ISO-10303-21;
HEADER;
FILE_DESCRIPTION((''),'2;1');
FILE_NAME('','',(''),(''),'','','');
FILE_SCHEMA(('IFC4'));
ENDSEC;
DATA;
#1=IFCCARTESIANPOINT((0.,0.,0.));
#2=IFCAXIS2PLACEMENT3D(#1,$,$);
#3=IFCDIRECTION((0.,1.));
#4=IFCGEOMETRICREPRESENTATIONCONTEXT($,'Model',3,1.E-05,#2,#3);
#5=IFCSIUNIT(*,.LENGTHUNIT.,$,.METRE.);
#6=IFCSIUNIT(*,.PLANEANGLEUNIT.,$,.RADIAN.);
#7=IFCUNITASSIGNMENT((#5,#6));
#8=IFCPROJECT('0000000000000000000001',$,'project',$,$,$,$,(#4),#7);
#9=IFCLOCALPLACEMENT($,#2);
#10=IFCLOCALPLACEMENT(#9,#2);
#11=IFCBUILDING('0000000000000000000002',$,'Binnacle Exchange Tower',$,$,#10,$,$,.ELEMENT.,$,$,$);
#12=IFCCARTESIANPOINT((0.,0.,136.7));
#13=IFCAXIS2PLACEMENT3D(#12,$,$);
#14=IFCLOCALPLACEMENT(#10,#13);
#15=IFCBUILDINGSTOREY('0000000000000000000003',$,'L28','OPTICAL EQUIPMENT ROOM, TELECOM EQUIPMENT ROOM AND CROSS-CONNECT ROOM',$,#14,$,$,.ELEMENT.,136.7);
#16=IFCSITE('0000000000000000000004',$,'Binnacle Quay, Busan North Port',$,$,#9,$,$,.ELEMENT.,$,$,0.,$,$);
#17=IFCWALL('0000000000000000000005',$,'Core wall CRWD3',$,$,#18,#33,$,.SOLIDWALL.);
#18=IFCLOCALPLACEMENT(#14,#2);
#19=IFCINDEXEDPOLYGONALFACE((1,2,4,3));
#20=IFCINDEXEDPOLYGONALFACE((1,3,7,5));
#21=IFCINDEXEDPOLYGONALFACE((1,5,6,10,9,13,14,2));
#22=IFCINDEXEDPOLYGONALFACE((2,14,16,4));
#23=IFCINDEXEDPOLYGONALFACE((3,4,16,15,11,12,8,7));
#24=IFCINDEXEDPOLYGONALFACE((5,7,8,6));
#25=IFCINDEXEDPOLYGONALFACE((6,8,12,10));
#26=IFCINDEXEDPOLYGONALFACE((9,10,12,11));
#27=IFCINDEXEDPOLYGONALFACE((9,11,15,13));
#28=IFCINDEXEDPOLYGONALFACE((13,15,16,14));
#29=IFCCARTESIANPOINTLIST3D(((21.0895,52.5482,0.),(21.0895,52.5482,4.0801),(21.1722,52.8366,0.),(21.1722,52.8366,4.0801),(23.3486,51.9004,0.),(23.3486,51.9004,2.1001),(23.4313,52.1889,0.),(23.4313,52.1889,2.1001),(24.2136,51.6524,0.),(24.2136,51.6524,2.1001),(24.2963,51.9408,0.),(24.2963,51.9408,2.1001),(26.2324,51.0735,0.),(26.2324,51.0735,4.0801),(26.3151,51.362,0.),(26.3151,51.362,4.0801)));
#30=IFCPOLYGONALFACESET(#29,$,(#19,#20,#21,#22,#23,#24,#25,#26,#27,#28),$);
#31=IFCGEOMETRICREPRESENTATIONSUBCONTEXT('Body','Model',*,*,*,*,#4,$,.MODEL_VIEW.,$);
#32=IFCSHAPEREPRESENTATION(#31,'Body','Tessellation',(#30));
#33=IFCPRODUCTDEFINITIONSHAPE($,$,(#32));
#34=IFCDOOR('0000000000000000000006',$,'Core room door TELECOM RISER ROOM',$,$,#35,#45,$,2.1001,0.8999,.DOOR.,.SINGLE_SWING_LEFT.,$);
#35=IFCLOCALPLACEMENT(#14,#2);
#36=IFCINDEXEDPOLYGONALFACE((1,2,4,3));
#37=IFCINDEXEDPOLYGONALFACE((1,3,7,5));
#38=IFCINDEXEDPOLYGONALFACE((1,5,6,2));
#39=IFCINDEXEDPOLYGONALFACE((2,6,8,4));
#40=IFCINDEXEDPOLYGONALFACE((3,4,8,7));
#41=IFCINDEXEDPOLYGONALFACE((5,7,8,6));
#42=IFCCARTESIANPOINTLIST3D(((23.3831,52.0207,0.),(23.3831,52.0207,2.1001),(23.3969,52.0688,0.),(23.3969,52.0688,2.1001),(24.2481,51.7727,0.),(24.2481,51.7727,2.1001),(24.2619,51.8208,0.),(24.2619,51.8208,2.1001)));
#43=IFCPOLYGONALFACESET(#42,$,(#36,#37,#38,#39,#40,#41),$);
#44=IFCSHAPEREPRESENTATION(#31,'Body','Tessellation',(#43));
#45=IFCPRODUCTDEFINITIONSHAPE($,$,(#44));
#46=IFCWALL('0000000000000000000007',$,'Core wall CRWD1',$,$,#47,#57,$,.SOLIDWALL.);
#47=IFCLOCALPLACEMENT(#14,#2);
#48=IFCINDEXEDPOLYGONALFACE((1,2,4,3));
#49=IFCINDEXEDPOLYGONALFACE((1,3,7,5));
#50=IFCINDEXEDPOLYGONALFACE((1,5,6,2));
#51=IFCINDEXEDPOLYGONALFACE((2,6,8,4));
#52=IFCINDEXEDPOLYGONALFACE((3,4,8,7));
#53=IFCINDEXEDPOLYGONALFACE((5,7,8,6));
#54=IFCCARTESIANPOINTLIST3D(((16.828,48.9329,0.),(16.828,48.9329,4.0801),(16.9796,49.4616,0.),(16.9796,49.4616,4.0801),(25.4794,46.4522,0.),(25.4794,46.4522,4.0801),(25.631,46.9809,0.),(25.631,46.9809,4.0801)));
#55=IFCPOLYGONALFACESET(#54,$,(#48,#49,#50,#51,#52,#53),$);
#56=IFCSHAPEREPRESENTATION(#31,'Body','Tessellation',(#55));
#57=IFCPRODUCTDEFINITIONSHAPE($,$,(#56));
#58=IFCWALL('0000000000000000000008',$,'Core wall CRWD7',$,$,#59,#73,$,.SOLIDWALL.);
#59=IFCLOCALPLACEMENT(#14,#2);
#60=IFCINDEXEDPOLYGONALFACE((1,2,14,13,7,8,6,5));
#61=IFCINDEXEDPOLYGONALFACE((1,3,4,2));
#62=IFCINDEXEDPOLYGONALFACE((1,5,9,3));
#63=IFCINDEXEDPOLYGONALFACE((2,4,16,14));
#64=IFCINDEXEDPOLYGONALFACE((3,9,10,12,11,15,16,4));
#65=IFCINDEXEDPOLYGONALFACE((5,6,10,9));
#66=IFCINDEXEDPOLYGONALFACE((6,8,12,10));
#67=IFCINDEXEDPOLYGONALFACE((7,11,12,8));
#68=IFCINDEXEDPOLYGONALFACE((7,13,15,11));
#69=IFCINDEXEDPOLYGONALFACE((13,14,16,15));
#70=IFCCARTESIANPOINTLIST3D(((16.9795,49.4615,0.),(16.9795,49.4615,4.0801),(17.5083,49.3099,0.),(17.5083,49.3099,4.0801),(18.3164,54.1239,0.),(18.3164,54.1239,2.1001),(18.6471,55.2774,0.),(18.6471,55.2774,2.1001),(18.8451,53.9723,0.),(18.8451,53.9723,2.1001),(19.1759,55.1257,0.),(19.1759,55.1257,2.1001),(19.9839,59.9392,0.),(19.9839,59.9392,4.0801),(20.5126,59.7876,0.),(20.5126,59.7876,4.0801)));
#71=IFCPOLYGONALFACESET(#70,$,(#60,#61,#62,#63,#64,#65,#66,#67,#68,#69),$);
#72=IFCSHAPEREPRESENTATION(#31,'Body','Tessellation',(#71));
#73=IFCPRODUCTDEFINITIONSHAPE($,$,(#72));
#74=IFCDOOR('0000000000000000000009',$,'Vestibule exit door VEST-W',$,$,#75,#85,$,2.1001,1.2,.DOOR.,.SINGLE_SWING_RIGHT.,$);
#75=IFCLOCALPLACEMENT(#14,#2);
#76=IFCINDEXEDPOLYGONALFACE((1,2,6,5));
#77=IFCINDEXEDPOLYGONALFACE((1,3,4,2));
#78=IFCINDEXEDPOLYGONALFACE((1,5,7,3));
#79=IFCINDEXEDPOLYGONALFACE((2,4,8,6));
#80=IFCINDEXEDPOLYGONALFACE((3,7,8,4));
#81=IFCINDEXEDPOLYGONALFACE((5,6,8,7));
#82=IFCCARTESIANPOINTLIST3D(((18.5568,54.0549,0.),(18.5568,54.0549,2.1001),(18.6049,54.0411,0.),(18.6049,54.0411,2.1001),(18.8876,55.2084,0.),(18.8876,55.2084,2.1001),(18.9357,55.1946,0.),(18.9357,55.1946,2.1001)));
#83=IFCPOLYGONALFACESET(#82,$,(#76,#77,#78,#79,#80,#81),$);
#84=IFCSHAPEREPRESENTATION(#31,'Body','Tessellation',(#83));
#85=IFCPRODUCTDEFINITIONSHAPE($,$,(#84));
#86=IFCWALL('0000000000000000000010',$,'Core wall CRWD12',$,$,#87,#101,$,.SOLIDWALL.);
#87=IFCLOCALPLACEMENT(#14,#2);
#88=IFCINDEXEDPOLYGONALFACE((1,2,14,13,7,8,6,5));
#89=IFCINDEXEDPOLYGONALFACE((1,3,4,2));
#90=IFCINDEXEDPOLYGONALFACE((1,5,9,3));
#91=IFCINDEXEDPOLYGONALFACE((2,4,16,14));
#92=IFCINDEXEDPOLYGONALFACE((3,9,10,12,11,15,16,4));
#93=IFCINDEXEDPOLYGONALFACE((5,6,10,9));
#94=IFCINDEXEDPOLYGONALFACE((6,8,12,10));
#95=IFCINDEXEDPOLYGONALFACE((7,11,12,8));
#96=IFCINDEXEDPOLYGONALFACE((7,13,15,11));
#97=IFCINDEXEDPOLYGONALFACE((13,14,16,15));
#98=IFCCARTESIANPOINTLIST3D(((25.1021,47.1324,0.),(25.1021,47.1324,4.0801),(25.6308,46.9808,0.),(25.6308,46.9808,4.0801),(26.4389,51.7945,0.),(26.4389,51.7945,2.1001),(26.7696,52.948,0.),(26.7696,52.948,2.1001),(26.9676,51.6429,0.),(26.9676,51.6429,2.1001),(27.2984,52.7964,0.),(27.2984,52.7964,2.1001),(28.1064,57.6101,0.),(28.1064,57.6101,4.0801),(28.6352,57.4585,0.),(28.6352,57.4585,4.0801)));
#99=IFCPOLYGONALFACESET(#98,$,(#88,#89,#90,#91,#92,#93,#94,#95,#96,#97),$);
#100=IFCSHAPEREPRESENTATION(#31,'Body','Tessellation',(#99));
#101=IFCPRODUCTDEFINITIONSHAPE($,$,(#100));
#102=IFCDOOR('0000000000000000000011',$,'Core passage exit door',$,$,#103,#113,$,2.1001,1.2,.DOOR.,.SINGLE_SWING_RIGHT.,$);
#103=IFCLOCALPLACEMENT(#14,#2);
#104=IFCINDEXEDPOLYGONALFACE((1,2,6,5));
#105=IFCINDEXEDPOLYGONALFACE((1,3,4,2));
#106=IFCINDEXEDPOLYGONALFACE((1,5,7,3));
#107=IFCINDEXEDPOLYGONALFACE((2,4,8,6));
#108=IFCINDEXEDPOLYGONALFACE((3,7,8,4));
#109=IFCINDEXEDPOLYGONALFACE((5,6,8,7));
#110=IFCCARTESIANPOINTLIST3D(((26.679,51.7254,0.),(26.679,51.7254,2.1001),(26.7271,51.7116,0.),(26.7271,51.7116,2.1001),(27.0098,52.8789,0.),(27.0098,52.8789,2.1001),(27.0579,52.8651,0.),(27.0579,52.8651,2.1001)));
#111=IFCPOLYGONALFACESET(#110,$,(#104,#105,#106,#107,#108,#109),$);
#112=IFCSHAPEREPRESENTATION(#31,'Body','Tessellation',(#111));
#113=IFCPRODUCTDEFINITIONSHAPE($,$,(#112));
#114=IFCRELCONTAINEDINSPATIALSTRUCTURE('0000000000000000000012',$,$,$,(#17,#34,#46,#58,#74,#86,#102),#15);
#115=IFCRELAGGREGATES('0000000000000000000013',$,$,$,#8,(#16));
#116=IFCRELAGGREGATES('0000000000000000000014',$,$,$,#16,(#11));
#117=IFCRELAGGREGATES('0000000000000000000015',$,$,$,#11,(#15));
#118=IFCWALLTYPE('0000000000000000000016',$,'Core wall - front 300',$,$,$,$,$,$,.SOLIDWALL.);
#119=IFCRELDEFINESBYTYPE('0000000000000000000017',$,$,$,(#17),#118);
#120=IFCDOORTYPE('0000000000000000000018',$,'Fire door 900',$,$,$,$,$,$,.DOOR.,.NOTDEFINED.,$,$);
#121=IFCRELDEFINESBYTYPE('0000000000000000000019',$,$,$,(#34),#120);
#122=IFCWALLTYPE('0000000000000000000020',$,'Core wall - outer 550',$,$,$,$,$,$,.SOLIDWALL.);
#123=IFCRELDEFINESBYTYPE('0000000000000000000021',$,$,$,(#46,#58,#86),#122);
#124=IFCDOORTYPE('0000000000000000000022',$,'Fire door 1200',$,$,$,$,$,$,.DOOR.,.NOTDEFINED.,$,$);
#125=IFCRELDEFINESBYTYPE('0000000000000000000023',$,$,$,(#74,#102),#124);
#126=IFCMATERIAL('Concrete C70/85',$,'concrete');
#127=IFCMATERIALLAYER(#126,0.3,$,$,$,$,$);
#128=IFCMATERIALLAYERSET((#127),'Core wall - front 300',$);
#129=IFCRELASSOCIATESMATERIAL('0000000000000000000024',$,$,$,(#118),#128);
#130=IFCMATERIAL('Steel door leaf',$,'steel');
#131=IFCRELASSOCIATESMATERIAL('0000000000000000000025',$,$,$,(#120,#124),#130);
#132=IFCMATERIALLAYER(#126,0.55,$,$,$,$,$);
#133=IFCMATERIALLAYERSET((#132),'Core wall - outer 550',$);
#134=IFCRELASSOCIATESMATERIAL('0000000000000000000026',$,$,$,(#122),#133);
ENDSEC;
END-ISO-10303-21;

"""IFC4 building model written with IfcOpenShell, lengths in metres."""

from ifc_helpers import new_model, si_unit, direction, frame, frame_2d, origin, place, context, subcontext, project, spatial, rectangle, extrude, material, layer, layer_set, type_object, element, fill, save


model = new_model("IFC4")

# Units and contexts
model_context = context("Model", 3, precision=1e-05, world=origin(), true_north=direction((0.0, 1.0)))
body_context = subcontext(model_context, "Body", "Model", "MODEL_VIEW")
ifc_project = project(units=[si_unit("LENGTHUNIT", "METRE"), si_unit("PLANEANGLEUNIT", "RADIAN")], contexts=[model_context])

# Site, building, storey
site_placement = place(None, origin())
site = spatial("IfcSite", under=ifc_project, at=site_placement, Name="Binnacle Quay, Busan North Port", CompositionType="ELEMENT", RefElevation=0.0)
building_placement = place(site_placement, origin())
building = spatial("IfcBuilding", under=site, at=building_placement, Name="Binnacle Exchange Tower", CompositionType="ELEMENT")
storey_placement = place(building_placement, frame((0.0, 0.0, 136.7)))
storey = spatial("IfcBuildingStorey", under=building, at=storey_placement, Name="L28", Description="OPTICAL EQUIPMENT ROOM, TELECOM EQUIPMENT ROOM AND CROSS-CONNECT ROOM", CompositionType="ELEMENT", Elevation=136.7)

# Shared definitions
ifc_material_1 = material(Name="Concrete C70/85", Category="concrete")

# Wall, opening, door
ifc_layer_1 = layer(ifc_material_1, 0.3)
ifc_layer_set_1 = layer_set([ifc_layer_1], Name="Core wall - front 300")
wall_type_1 = type_object("IfcWallType", Name="Core wall - front 300", PredefinedType="SOLIDWALL", material=ifc_layer_set_1)
wall_1_placement = place(storey_placement, frame((21.1309, 52.6924, 0.0), z_axis=(0.0, 0.0, 1.0), x_axis=(0.961265, -0.275625, 0.0)))
wall_1 = element("IfcWall", 1, at=wall_1_placement, inside=storey, type_object=wall_type_1, Name="Core wall CRWD3", PredefinedType="SOLIDWALL", context=body_context, shape_type="SweptSolid", body=[
    extrude(rectangle(XDim=5.3501, YDim=0.3, at=frame_2d((2.675, 0.0))), origin(), (0.0, 0.0, 1.0), 4.0801),
])
opening_1_placement = place(wall_1_placement, frame((2.3501, 0.0, 0.0)))
opening_1 = element("IfcOpeningElement", 2, at=opening_1_placement, cuts=wall_1, PredefinedType="OPENING", context=body_context, shape_type="SweptSolid", body=[
    extrude(rectangle(XDim=0.8999, YDim=2.1001, at=frame_2d((0.45, 1.05))), frame((0.0, 0.1599, 0.0), z_axis=(0.0, -1.0, 0.0), x_axis=(1.0, 0.0, 0.0)), (0.0, 0.0, 1.0), 0.3201),
])
ifc_material_2 = material(Name="Steel door leaf", Category="steel")
door_type_1 = type_object("IfcDoorType", Name="Fire door 900", OperationType="NOTDEFINED", PredefinedType="DOOR", material=ifc_material_2)
door_1_placement = place(opening_1_placement, frame((0.8999, 0.0, 0.0), z_axis=(0.0, 0.0, 1.0), x_axis=(-1.0, 0.0, 0.0)))
door_1 = element("IfcDoor", 3, at=door_1_placement, inside=storey, type_object=door_type_1, Name="Core room door TELECOM RISER ROOM", OperationType="SINGLE_SWING_LEFT", OverallHeight=2.1001, OverallWidth=0.8999, PredefinedType="DOOR", context=body_context, shape_type="SweptSolid", body=[
    extrude(rectangle(XDim=0.8999, YDim=2.1001, at=frame_2d((0.45, 1.05))), frame((0.0, 0.0249, 0.0), z_axis=(0.0, -1.0, 0.0), x_axis=(1.0, 0.0, 0.0)), (0.0, 0.0, 1.0), 0.05),
])
fill(opening_1, door_1)

# Wall
ifc_layer_2 = layer(ifc_material_1, 0.55)
ifc_layer_set_2 = layer_set([ifc_layer_2], Name="Core wall - outer 550")
wall_type_2 = type_object("IfcWallType", Name="Core wall - outer 550", PredefinedType="SOLIDWALL", material=ifc_layer_set_2)
wall_2_placement = place(storey_placement, frame((16.9038, 49.1973, 0.0), z_axis=(0.0, 0.0, 1.0), x_axis=(0.961262, -0.275635, 0.0)))
element("IfcWall", 4, at=wall_2_placement, inside=storey, type_object=wall_type_2, Name="Core wall CRWD1", PredefinedType="SOLIDWALL", context=body_context, shape_type="SweptSolid", body=[
    extrude(rectangle(XDim=9.0, YDim=0.55, at=frame_2d((4.5, 0.0))), origin(), (0.0, 0.0, 1.0), 4.0801),
])

# Walls, openings, doors
wall_3_placement = place(storey_placement, frame((17.2439, 49.3857, 0.0), z_axis=(0.0, 0.0, 1.0), x_axis=(0.275632, 0.961263, 0.0)))
wall_3 = element("IfcWall", 5, at=wall_3_placement, inside=storey, type_object=wall_type_2, Name="Core wall CRWD7", PredefinedType="SOLIDWALL", context=body_context, shape_type="SweptSolid", body=[
    extrude(rectangle(XDim=10.8999, YDim=0.55, at=frame_2d((5.45, 0.0))), origin(), (0.0, 0.0, 1.0), 4.0801),
])
opening_2_placement = place(wall_3_placement, frame((4.8501, 0.0, 0.0)))
opening_2 = element("IfcOpeningElement", 6, at=opening_2_placement, cuts=wall_3, PredefinedType="OPENING", context=body_context, shape_type="SweptSolid", body=[
    extrude(rectangle(XDim=1.2, YDim=2.1001, at=frame_2d((0.6001, 1.05))), frame((0.0, 0.2849, 0.0), z_axis=(0.0, -1.0, 0.0), x_axis=(1.0, 0.0, 0.0)), (0.0, 0.0, 1.0), 0.5701),
])
door_type_2 = type_object("IfcDoorType", Name="Fire door 1200", OperationType="NOTDEFINED", PredefinedType="DOOR", material=ifc_material_2)
door_2_placement = place(opening_2_placement, origin())
door_2 = element("IfcDoor", 7, at=door_2_placement, inside=storey, type_object=door_type_2, Name="Vestibule exit door VEST-W", OperationType="SINGLE_SWING_RIGHT", OverallHeight=2.1001, OverallWidth=1.2, PredefinedType="DOOR", context=body_context, shape_type="SweptSolid", body=[
    extrude(rectangle(XDim=1.2, YDim=2.1001, at=frame_2d((0.6001, 1.05))), frame((0.0, 0.0249, 0.0), z_axis=(0.0, -1.0, 0.0), x_axis=(1.0, 0.0, 0.0)), (0.0, 0.0, 1.0), 0.05),
])
fill(opening_2, door_2)
wall_4_placement = place(storey_placement, frame((25.3665, 47.0566, 0.0), z_axis=(0.0, 0.0, 1.0), x_axis=(0.275632, 0.961263, 0.0)))
wall_4 = element("IfcWall", 8, at=wall_4_placement, inside=storey, type_object=wall_type_2, Name="Core wall CRWD12", PredefinedType="SOLIDWALL", context=body_context, shape_type="SweptSolid", body=[
    extrude(rectangle(XDim=10.8999, YDim=0.55, at=frame_2d((5.45, 0.0))), origin(), (0.0, 0.0, 1.0), 4.0801),
])
opening_3_placement = place(wall_4_placement, frame((4.8499, 0.0, 0.0)))
opening_3 = element("IfcOpeningElement", 9, at=opening_3_placement, cuts=wall_4, PredefinedType="OPENING", context=body_context, shape_type="SweptSolid", body=[
    extrude(rectangle(XDim=1.2, YDim=2.1001, at=frame_2d((0.6001, 1.05))), frame((0.0, 0.2849, 0.0), z_axis=(0.0, -1.0, 0.0), x_axis=(1.0, 0.0, 0.0)), (0.0, 0.0, 1.0), 0.5701),
])
door_3_placement = place(opening_3_placement, frame((1.2, 0.0, 0.0), z_axis=(0.0, 0.0, 1.0), x_axis=(-1.0, 0.0, 0.0)))
door_3 = element("IfcDoor", 10, at=door_3_placement, inside=storey, type_object=door_type_2, Name="Core passage exit door", OperationType="SINGLE_SWING_RIGHT", OverallHeight=2.1001, OverallWidth=1.2, PredefinedType="DOOR", context=body_context, shape_type="SweptSolid", body=[
    extrude(rectangle(XDim=1.2, YDim=2.1001, at=frame_2d((0.6001, 1.05))), frame((0.0, 0.0249, 0.0), z_axis=(0.0, -1.0, 0.0), x_axis=(1.0, 0.0, 0.0)), (0.0, 0.0, 1.0), 0.05),
])
fill(opening_3, door_3)

save(model, "model.ifc")
